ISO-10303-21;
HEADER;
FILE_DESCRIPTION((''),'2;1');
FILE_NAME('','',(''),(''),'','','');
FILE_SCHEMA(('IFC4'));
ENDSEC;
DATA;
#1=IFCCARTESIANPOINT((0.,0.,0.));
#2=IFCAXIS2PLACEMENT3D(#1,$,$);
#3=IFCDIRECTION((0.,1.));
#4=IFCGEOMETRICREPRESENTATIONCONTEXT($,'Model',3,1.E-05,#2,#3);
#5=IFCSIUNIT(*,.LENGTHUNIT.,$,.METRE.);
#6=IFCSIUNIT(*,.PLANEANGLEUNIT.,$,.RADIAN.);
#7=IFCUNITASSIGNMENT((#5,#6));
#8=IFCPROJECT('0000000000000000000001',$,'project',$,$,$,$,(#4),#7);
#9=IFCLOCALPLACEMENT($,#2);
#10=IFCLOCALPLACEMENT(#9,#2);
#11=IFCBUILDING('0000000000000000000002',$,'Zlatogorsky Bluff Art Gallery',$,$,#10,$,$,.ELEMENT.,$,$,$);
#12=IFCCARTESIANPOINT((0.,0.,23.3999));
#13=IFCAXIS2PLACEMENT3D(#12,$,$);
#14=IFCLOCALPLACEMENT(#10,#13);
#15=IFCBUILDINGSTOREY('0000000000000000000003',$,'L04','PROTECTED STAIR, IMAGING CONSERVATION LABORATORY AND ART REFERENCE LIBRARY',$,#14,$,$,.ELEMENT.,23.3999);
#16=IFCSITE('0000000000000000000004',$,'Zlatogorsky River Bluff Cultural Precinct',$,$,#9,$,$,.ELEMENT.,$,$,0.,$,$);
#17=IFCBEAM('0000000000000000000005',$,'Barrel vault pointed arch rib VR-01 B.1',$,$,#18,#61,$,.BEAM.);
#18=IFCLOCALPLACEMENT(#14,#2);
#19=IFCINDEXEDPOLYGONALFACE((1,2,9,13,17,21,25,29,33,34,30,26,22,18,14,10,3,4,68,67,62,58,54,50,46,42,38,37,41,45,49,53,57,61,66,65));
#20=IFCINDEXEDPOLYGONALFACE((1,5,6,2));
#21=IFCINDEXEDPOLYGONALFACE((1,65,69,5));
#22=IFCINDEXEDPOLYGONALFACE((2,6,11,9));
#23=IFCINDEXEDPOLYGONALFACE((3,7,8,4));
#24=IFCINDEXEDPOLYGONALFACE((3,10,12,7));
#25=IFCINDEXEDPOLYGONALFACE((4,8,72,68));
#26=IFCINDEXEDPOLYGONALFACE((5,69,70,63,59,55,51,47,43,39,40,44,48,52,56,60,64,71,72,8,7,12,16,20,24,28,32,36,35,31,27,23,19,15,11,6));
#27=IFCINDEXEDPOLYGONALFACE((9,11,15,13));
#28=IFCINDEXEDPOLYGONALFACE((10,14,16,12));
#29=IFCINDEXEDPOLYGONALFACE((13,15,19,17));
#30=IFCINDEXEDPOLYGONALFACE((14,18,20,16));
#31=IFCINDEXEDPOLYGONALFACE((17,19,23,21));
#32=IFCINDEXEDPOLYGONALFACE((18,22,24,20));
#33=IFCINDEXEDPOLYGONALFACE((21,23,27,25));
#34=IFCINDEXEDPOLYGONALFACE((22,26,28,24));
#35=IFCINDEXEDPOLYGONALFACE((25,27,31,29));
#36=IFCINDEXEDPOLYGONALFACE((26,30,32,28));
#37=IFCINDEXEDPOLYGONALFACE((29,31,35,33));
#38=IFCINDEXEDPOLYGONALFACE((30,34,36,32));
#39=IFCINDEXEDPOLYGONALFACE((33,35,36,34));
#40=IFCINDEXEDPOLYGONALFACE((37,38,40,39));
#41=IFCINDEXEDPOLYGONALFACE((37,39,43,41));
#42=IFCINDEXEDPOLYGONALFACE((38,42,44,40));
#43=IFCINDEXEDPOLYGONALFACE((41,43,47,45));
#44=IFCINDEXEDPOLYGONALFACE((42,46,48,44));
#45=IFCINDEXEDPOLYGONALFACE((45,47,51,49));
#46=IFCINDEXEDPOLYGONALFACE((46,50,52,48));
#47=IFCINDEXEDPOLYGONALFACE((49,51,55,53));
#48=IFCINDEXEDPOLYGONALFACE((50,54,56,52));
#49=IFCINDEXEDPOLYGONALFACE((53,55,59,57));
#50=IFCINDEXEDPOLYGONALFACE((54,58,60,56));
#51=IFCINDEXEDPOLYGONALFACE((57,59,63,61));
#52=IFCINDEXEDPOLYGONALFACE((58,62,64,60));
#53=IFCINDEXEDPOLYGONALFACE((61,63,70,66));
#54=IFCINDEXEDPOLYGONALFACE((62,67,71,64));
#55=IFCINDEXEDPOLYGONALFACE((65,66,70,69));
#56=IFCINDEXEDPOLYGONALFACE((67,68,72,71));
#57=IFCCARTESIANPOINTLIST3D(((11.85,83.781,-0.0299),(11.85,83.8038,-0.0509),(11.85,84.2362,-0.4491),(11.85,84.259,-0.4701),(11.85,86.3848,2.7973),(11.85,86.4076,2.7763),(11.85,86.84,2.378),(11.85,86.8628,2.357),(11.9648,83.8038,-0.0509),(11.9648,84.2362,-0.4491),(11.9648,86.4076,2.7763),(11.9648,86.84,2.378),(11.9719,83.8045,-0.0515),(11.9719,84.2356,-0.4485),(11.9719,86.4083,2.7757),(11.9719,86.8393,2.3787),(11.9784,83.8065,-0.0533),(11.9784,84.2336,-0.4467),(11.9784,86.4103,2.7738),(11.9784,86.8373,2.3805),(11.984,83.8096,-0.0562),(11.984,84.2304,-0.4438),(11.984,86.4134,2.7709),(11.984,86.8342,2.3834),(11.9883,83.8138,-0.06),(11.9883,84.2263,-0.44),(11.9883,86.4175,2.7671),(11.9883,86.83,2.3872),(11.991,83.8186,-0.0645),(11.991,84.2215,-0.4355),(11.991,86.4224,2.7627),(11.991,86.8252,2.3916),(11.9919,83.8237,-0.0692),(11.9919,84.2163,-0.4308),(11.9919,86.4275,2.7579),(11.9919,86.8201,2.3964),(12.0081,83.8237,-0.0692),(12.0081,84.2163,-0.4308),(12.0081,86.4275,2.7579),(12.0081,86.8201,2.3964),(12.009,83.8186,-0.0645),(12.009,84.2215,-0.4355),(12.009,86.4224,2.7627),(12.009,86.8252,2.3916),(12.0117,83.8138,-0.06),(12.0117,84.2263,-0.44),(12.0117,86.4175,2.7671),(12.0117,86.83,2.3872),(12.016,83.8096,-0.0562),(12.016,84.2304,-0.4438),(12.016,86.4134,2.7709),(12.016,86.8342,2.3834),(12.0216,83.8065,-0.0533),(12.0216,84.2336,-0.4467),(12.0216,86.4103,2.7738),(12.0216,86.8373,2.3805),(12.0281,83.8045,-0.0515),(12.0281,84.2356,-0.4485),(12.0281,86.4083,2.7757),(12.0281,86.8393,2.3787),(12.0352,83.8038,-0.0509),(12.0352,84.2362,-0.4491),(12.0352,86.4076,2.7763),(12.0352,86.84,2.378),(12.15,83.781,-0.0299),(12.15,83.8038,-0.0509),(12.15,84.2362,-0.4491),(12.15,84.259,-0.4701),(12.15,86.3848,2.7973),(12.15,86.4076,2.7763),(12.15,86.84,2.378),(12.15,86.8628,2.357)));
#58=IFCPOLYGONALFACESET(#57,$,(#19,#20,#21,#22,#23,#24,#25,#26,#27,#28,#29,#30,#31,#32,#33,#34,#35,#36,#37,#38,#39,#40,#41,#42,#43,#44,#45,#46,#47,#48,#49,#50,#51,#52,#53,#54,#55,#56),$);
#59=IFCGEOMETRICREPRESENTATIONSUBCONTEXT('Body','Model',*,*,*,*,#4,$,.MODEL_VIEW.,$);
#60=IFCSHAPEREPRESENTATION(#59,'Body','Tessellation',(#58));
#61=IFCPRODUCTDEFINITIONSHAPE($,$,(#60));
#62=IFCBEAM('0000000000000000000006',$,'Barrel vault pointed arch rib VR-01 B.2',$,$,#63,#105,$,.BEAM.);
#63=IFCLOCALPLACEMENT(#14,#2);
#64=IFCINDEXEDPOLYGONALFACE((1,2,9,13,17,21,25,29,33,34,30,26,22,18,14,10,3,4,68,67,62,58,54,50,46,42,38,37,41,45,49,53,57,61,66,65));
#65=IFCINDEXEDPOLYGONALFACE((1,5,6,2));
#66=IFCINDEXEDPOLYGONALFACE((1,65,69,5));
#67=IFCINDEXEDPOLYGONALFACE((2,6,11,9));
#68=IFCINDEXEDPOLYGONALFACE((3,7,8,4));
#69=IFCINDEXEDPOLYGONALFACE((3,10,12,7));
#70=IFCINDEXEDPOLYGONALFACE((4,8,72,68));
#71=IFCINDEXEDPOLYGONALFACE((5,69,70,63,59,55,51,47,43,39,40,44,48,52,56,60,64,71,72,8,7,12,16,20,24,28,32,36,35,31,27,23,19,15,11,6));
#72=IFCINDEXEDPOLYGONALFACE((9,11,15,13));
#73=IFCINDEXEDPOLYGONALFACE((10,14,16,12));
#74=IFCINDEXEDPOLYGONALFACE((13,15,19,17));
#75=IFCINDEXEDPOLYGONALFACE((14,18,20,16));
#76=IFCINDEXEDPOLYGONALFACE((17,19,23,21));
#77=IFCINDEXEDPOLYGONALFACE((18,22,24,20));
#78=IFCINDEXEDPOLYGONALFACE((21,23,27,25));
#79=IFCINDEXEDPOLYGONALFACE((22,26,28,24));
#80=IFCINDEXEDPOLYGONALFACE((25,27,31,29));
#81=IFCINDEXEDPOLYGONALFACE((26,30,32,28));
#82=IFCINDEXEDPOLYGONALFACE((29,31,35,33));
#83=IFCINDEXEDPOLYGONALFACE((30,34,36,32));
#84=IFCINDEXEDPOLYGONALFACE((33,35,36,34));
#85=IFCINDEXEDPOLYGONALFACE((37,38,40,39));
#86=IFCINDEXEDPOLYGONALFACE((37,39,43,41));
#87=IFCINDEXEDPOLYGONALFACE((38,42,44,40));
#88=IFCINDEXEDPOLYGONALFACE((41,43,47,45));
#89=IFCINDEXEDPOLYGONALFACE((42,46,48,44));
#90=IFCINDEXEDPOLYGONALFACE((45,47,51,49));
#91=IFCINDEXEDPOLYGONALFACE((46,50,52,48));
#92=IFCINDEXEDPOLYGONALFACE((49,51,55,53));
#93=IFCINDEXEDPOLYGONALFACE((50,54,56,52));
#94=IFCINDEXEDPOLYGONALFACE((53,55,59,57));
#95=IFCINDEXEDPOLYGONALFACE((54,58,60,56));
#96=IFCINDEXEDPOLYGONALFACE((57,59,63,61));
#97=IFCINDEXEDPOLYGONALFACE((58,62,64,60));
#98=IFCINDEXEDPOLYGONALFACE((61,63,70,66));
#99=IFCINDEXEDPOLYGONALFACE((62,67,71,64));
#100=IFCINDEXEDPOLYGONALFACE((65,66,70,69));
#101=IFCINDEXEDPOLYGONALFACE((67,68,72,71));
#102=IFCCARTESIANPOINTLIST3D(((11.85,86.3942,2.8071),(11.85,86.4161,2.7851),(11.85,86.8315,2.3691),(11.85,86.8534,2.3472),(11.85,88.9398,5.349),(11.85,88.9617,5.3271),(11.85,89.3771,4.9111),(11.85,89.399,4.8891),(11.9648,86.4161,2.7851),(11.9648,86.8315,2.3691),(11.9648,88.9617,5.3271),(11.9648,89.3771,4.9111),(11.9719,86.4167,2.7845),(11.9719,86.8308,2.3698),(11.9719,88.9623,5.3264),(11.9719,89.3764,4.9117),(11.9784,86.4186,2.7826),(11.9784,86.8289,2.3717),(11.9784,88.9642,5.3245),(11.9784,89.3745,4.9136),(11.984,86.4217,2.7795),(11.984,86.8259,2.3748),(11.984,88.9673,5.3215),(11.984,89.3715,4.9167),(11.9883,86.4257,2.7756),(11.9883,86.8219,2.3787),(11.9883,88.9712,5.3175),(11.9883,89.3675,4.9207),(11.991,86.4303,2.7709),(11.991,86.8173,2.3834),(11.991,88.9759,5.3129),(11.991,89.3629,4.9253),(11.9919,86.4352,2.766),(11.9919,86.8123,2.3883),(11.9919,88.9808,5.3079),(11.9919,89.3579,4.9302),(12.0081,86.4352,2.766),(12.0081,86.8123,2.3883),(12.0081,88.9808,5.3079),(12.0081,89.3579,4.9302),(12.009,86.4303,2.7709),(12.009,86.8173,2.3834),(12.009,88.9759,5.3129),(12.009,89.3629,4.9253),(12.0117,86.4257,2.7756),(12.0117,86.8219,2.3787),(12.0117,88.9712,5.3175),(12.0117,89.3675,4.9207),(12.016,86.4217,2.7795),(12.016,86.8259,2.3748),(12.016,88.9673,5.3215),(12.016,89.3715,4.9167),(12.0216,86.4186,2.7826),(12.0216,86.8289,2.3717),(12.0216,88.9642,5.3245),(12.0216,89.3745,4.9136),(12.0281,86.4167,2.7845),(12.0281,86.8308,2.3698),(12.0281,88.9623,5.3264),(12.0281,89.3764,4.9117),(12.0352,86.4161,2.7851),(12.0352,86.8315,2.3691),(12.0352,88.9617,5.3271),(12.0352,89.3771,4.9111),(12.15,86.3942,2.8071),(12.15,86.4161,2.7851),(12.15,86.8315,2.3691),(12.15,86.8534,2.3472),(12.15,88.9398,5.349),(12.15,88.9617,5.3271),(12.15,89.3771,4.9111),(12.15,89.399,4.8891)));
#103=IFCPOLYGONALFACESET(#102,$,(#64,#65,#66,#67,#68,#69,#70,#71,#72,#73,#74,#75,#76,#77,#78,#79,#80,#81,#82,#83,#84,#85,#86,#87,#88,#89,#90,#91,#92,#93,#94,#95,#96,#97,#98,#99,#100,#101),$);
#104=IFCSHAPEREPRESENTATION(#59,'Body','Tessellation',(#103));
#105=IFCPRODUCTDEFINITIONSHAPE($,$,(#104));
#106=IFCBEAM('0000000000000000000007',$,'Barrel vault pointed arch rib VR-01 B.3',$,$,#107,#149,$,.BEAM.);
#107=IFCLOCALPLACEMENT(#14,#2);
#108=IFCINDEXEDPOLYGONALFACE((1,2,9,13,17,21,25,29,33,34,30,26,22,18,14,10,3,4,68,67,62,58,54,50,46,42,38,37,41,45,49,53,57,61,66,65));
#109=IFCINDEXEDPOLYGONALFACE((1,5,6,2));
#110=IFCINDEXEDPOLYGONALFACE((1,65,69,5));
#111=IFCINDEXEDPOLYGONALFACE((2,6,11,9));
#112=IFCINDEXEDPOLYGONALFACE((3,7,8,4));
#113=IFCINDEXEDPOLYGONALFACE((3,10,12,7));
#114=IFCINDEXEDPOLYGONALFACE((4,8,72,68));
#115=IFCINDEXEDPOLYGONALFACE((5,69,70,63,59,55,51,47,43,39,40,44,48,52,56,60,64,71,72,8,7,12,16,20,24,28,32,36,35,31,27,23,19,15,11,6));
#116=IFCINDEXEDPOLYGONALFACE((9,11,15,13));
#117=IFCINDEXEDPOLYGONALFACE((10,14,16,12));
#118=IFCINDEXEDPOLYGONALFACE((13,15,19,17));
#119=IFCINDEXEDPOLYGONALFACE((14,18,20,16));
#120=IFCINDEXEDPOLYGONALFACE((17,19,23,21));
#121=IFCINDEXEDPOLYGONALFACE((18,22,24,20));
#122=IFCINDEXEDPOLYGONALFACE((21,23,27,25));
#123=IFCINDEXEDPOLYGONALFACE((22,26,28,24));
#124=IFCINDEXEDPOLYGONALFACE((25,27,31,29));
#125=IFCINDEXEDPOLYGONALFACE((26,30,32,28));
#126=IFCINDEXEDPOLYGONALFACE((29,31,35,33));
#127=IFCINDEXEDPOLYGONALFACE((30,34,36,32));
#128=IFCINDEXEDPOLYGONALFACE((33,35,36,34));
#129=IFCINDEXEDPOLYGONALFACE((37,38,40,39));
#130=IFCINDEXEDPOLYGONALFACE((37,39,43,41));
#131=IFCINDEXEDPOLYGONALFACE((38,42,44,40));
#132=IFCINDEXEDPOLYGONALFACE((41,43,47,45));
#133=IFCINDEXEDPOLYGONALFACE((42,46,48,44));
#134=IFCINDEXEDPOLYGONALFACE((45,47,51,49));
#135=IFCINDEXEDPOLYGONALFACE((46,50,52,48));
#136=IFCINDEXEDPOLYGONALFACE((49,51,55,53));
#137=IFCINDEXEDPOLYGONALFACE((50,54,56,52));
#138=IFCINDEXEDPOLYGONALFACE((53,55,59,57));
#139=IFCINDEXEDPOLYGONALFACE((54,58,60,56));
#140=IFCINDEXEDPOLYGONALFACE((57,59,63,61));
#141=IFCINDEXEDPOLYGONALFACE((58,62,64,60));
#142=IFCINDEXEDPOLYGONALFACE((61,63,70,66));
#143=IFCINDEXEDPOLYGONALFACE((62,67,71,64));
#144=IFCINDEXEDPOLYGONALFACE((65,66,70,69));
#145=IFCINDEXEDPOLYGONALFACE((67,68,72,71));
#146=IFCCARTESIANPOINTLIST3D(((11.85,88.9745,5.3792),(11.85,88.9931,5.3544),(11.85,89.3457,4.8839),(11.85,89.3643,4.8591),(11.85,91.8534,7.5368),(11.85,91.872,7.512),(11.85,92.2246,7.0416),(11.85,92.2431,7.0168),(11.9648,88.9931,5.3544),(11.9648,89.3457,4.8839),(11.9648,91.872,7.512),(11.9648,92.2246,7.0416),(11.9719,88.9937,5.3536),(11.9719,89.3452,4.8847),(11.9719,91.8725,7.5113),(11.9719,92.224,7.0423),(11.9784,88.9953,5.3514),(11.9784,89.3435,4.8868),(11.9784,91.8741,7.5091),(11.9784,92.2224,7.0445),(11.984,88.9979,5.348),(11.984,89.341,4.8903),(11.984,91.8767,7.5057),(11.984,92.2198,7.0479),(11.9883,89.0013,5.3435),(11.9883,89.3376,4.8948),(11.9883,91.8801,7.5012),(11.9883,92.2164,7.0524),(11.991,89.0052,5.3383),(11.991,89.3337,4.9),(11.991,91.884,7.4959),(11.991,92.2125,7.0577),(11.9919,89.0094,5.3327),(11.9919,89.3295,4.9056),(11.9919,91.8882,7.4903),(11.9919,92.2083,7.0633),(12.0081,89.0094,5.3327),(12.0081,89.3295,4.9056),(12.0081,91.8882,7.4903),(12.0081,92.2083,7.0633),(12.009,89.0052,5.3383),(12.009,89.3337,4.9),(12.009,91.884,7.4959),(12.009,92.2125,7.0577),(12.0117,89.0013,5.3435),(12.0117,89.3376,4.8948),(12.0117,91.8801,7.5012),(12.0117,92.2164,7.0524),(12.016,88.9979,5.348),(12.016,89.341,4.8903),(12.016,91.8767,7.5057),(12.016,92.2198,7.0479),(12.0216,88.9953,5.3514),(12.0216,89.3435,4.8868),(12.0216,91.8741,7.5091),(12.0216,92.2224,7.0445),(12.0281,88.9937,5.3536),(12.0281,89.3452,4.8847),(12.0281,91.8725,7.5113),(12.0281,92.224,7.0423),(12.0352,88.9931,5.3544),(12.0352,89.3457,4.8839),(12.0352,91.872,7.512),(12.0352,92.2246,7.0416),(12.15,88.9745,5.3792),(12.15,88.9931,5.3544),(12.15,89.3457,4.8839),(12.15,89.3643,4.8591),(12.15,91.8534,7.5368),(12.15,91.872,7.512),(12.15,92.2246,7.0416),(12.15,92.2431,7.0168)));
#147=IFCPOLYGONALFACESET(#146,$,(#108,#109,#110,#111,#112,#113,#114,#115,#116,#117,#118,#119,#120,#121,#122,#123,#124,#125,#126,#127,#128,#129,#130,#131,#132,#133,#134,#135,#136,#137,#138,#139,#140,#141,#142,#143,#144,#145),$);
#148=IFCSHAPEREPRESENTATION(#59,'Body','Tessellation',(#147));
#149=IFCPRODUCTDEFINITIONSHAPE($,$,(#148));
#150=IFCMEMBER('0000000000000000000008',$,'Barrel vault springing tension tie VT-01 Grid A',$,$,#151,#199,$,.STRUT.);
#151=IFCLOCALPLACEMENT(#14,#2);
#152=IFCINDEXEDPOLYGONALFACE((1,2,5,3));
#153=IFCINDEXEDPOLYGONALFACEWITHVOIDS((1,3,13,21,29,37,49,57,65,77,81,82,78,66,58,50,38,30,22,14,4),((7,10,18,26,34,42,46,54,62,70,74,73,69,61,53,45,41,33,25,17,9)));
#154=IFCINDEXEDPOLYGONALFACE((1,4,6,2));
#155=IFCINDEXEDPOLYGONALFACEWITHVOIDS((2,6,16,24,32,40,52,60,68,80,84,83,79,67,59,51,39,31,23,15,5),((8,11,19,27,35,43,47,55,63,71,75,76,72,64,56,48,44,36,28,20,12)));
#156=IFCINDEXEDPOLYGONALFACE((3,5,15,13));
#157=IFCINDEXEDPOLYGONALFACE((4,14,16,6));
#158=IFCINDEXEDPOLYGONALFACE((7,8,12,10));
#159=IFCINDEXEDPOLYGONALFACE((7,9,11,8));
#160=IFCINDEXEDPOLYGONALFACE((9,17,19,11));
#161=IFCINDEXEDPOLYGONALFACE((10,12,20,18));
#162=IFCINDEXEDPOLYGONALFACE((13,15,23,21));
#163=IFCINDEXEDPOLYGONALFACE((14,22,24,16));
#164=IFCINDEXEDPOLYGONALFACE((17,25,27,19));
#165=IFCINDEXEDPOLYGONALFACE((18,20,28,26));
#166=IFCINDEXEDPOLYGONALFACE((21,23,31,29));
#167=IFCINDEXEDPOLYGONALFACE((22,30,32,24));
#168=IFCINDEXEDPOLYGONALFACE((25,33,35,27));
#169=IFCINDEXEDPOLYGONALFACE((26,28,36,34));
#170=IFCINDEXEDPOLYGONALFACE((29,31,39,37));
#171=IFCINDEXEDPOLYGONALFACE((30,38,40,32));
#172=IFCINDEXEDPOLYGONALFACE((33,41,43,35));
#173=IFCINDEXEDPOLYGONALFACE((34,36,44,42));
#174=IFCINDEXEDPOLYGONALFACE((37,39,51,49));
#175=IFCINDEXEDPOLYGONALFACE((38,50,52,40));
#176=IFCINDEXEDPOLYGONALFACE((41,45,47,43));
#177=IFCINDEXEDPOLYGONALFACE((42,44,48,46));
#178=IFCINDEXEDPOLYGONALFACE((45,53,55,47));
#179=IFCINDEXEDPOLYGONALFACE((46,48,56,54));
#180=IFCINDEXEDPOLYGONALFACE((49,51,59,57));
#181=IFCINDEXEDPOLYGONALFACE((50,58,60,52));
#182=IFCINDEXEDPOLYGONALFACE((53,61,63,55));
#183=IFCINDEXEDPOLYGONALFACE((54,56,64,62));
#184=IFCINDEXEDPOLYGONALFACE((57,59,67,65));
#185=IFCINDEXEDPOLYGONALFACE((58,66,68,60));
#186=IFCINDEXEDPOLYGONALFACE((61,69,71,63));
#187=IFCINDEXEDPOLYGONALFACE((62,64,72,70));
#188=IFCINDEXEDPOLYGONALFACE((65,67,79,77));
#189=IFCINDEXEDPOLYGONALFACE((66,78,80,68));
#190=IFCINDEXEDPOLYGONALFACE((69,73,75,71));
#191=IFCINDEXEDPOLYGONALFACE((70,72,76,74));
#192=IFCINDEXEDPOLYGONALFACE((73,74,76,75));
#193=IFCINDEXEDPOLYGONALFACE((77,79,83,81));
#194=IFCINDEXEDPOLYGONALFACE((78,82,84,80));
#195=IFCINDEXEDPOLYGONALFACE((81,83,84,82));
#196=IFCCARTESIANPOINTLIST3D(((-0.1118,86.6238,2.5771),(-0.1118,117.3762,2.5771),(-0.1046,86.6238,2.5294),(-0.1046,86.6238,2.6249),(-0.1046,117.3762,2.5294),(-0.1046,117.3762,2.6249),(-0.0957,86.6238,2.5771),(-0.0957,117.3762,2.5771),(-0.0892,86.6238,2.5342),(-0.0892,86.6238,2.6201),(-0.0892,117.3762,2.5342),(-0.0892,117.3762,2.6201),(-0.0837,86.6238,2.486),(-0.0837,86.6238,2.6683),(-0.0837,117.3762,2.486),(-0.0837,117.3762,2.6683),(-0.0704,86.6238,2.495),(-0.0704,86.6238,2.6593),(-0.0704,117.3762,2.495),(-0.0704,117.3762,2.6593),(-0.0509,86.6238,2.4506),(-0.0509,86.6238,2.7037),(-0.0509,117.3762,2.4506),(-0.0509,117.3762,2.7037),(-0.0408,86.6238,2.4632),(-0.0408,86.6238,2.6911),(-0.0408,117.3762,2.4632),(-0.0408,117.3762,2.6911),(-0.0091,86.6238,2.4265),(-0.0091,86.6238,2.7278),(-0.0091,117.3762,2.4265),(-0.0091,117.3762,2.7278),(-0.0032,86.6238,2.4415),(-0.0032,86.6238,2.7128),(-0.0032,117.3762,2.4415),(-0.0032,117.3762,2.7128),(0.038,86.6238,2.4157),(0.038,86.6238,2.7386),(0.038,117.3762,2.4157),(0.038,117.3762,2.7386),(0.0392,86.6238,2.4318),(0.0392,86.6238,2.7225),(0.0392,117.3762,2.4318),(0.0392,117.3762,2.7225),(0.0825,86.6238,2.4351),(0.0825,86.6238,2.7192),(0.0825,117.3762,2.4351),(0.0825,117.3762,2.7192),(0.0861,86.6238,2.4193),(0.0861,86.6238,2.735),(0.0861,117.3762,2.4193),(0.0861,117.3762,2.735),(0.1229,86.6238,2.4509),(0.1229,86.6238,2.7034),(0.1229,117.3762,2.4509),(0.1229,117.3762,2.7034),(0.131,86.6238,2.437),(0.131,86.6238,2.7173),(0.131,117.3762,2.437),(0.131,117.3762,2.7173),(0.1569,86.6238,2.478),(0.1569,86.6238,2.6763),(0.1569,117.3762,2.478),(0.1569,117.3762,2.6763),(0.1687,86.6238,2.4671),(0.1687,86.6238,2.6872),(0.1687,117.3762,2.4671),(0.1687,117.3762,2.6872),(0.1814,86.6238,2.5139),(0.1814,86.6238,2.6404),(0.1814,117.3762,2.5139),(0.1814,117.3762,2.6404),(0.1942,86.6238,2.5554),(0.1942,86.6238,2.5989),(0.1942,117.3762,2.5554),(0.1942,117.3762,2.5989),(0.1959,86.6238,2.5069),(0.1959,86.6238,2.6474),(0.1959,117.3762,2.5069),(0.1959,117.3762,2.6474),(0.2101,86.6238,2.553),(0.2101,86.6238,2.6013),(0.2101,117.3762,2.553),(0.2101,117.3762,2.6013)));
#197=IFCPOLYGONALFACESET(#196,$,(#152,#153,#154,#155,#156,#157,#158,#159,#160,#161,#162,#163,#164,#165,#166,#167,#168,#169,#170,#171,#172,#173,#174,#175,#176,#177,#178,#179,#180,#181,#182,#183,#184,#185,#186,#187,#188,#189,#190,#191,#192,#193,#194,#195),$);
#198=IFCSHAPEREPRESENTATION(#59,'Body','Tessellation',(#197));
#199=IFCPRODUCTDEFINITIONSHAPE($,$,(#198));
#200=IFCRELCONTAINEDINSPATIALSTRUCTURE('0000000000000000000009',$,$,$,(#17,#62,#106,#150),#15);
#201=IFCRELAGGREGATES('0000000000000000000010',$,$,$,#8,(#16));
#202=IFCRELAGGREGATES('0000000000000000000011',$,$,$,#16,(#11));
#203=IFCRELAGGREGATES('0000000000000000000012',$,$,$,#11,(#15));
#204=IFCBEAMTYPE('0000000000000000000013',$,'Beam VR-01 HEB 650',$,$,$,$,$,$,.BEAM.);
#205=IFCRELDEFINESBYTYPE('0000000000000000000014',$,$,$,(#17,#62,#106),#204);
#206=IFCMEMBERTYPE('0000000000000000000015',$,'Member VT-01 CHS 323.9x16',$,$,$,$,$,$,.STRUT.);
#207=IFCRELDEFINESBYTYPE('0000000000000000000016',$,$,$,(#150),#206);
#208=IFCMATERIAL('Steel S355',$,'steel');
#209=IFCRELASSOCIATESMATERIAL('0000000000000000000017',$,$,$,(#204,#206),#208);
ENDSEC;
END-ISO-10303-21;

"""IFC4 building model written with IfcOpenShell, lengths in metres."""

from ifc_helpers import new_model, si_unit, direction, frame, origin, origin_2d, place, context, subcontext, project, spatial, hollow_circle, i_section, extrude, material, material_profile, profile_set, type_object, element, save


model = new_model("IFC4")

# Units and contexts
model_context = context("Model", 3, precision=1e-05, world=origin(), true_north=direction((0.0, 1.0)))
body_context = subcontext(model_context, "Body", "Model", "MODEL_VIEW")
ifc_project = project(units=[si_unit("LENGTHUNIT", "METRE"), si_unit("PLANEANGLEUNIT", "RADIAN")], contexts=[model_context])

# Site, building, storey
site_placement = place(None, origin())
site = spatial("IfcSite", under=ifc_project, at=site_placement, Name="Zlatogorsky River Bluff Cultural Precinct", CompositionType="ELEMENT", RefElevation=0.0)
building_placement = place(site_placement, origin())
building = spatial("IfcBuilding", under=site, at=building_placement, Name="Zlatogorsky Bluff Art Gallery", CompositionType="ELEMENT")
storey_placement = place(building_placement, frame((0.0, 0.0, 23.3999)))
storey = spatial("IfcBuildingStorey", under=building, at=storey_placement, Name="L04", Description="PROTECTED STAIR, IMAGING CONSERVATION LABORATORY AND ART REFERENCE LIBRARY", CompositionType="ELEMENT", Elevation=23.3999)

# Beams
ifc_material_1 = material(Name="Steel S355", Category="steel")
ifc_material_profile_1 = material_profile(ifc_material_1, i_section(OverallWidth=0.3, OverallDepth=0.6499, WebThickness=0.0161, FlangeThickness=0.031, FilletRadius=0.0271, at=origin_2d()), Name="HEB 650")
ifc_profile_set_1 = profile_set([ifc_material_profile_1], Name="Steel S355")
beam_type_1 = type_object("IfcBeamType", Name="Beam VR-01 HEB 650", PredefinedType="BEAM", material=ifc_profile_set_1)
beam_1_placement = place(storey_placement, frame((12.0, 84.02, -0.25), z_axis=(0.0, 0.677449, 0.73557), x_axis=(-1.0, 0.0, 0.0)))
element("IfcBeam", 1, at=beam_1_placement, inside=storey, type_object=beam_type_1, Name="Barrel vault pointed arch rib VR-01 B.1", PredefinedType="BEAM", context=body_context, shape_type="SweptSolid", body=[
    extrude(i_section(OverallWidth=0.3, OverallDepth=0.6499, WebThickness=0.0161, FlangeThickness=0.031, FilletRadius=0.0271, at=origin_2d()), origin(), (0.0, 0.0, 1.0), 3.8435),
])
beam_2_placement = place(storey_placement, frame((12.0, 86.6238, 2.5771), z_axis=(0.0, 0.707616, 0.706598), x_axis=(-1.0, 0.0, 0.0)))
element("IfcBeam", 2, at=beam_2_placement, inside=storey, type_object=beam_type_1, Name="Barrel vault pointed arch rib VR-01 B.2", PredefinedType="BEAM", context=body_context, shape_type="SweptSolid", body=[
    extrude(i_section(OverallWidth=0.3, OverallDepth=0.6499, WebThickness=0.0161, FlangeThickness=0.031, FilletRadius=0.0271, at=origin_2d()), origin(), (0.0, 0.0, 1.0), 3.5974),
])
beam_3_placement = place(storey_placement, frame((12.0, 89.1694, 5.1191), z_axis=(0.0, 0.800195, 0.599739), x_axis=(-1.0, 0.0, 0.0)))
element("IfcBeam", 3, at=beam_3_placement, inside=storey, type_object=beam_type_1, Name="Barrel vault pointed arch rib VR-01 B.3", PredefinedType="BEAM", context=body_context, shape_type="SweptSolid", body=[
    extrude(i_section(OverallWidth=0.3, OverallDepth=0.6499, WebThickness=0.0161, FlangeThickness=0.031, FilletRadius=0.0271, at=origin_2d()), origin(), (0.0, 0.0, 1.0), 3.5977),
])

# Member
ifc_material_profile_2 = material_profile(ifc_material_1, hollow_circle(Radius=0.1619, WallThickness=0.0161, at=origin_2d()), Name="CHS 323.9x16")
ifc_profile_set_2 = profile_set([ifc_material_profile_2], Name="Steel S355")
member_type = type_object("IfcMemberType", Name="Member VT-01 CHS 323.9x16", PredefinedType="STRUT", material=ifc_profile_set_2)
for number, where, z_axis, x_axis, name in (
    (4, (0.05, 86.6238, 2.5771), (0.0, 1.0, 0.0), (-1.0, 0.0, 0.0), "Barrel vault springing tension tie VT-01 Grid A"),
):
    element("IfcMember", number, at=place(storey_placement, frame(where, z_axis=z_axis, x_axis=x_axis)), inside=storey, type_object=member_type, Name=name, PredefinedType="STRUT", context=body_context, shape_type="SweptSolid", body=[
        extrude(hollow_circle(Radius=0.1619, WallThickness=0.0161, at=origin_2d()), origin(), (0.0, 0.0, 1.0), 30.7524),
    ])

save(model, "model.ifc")
